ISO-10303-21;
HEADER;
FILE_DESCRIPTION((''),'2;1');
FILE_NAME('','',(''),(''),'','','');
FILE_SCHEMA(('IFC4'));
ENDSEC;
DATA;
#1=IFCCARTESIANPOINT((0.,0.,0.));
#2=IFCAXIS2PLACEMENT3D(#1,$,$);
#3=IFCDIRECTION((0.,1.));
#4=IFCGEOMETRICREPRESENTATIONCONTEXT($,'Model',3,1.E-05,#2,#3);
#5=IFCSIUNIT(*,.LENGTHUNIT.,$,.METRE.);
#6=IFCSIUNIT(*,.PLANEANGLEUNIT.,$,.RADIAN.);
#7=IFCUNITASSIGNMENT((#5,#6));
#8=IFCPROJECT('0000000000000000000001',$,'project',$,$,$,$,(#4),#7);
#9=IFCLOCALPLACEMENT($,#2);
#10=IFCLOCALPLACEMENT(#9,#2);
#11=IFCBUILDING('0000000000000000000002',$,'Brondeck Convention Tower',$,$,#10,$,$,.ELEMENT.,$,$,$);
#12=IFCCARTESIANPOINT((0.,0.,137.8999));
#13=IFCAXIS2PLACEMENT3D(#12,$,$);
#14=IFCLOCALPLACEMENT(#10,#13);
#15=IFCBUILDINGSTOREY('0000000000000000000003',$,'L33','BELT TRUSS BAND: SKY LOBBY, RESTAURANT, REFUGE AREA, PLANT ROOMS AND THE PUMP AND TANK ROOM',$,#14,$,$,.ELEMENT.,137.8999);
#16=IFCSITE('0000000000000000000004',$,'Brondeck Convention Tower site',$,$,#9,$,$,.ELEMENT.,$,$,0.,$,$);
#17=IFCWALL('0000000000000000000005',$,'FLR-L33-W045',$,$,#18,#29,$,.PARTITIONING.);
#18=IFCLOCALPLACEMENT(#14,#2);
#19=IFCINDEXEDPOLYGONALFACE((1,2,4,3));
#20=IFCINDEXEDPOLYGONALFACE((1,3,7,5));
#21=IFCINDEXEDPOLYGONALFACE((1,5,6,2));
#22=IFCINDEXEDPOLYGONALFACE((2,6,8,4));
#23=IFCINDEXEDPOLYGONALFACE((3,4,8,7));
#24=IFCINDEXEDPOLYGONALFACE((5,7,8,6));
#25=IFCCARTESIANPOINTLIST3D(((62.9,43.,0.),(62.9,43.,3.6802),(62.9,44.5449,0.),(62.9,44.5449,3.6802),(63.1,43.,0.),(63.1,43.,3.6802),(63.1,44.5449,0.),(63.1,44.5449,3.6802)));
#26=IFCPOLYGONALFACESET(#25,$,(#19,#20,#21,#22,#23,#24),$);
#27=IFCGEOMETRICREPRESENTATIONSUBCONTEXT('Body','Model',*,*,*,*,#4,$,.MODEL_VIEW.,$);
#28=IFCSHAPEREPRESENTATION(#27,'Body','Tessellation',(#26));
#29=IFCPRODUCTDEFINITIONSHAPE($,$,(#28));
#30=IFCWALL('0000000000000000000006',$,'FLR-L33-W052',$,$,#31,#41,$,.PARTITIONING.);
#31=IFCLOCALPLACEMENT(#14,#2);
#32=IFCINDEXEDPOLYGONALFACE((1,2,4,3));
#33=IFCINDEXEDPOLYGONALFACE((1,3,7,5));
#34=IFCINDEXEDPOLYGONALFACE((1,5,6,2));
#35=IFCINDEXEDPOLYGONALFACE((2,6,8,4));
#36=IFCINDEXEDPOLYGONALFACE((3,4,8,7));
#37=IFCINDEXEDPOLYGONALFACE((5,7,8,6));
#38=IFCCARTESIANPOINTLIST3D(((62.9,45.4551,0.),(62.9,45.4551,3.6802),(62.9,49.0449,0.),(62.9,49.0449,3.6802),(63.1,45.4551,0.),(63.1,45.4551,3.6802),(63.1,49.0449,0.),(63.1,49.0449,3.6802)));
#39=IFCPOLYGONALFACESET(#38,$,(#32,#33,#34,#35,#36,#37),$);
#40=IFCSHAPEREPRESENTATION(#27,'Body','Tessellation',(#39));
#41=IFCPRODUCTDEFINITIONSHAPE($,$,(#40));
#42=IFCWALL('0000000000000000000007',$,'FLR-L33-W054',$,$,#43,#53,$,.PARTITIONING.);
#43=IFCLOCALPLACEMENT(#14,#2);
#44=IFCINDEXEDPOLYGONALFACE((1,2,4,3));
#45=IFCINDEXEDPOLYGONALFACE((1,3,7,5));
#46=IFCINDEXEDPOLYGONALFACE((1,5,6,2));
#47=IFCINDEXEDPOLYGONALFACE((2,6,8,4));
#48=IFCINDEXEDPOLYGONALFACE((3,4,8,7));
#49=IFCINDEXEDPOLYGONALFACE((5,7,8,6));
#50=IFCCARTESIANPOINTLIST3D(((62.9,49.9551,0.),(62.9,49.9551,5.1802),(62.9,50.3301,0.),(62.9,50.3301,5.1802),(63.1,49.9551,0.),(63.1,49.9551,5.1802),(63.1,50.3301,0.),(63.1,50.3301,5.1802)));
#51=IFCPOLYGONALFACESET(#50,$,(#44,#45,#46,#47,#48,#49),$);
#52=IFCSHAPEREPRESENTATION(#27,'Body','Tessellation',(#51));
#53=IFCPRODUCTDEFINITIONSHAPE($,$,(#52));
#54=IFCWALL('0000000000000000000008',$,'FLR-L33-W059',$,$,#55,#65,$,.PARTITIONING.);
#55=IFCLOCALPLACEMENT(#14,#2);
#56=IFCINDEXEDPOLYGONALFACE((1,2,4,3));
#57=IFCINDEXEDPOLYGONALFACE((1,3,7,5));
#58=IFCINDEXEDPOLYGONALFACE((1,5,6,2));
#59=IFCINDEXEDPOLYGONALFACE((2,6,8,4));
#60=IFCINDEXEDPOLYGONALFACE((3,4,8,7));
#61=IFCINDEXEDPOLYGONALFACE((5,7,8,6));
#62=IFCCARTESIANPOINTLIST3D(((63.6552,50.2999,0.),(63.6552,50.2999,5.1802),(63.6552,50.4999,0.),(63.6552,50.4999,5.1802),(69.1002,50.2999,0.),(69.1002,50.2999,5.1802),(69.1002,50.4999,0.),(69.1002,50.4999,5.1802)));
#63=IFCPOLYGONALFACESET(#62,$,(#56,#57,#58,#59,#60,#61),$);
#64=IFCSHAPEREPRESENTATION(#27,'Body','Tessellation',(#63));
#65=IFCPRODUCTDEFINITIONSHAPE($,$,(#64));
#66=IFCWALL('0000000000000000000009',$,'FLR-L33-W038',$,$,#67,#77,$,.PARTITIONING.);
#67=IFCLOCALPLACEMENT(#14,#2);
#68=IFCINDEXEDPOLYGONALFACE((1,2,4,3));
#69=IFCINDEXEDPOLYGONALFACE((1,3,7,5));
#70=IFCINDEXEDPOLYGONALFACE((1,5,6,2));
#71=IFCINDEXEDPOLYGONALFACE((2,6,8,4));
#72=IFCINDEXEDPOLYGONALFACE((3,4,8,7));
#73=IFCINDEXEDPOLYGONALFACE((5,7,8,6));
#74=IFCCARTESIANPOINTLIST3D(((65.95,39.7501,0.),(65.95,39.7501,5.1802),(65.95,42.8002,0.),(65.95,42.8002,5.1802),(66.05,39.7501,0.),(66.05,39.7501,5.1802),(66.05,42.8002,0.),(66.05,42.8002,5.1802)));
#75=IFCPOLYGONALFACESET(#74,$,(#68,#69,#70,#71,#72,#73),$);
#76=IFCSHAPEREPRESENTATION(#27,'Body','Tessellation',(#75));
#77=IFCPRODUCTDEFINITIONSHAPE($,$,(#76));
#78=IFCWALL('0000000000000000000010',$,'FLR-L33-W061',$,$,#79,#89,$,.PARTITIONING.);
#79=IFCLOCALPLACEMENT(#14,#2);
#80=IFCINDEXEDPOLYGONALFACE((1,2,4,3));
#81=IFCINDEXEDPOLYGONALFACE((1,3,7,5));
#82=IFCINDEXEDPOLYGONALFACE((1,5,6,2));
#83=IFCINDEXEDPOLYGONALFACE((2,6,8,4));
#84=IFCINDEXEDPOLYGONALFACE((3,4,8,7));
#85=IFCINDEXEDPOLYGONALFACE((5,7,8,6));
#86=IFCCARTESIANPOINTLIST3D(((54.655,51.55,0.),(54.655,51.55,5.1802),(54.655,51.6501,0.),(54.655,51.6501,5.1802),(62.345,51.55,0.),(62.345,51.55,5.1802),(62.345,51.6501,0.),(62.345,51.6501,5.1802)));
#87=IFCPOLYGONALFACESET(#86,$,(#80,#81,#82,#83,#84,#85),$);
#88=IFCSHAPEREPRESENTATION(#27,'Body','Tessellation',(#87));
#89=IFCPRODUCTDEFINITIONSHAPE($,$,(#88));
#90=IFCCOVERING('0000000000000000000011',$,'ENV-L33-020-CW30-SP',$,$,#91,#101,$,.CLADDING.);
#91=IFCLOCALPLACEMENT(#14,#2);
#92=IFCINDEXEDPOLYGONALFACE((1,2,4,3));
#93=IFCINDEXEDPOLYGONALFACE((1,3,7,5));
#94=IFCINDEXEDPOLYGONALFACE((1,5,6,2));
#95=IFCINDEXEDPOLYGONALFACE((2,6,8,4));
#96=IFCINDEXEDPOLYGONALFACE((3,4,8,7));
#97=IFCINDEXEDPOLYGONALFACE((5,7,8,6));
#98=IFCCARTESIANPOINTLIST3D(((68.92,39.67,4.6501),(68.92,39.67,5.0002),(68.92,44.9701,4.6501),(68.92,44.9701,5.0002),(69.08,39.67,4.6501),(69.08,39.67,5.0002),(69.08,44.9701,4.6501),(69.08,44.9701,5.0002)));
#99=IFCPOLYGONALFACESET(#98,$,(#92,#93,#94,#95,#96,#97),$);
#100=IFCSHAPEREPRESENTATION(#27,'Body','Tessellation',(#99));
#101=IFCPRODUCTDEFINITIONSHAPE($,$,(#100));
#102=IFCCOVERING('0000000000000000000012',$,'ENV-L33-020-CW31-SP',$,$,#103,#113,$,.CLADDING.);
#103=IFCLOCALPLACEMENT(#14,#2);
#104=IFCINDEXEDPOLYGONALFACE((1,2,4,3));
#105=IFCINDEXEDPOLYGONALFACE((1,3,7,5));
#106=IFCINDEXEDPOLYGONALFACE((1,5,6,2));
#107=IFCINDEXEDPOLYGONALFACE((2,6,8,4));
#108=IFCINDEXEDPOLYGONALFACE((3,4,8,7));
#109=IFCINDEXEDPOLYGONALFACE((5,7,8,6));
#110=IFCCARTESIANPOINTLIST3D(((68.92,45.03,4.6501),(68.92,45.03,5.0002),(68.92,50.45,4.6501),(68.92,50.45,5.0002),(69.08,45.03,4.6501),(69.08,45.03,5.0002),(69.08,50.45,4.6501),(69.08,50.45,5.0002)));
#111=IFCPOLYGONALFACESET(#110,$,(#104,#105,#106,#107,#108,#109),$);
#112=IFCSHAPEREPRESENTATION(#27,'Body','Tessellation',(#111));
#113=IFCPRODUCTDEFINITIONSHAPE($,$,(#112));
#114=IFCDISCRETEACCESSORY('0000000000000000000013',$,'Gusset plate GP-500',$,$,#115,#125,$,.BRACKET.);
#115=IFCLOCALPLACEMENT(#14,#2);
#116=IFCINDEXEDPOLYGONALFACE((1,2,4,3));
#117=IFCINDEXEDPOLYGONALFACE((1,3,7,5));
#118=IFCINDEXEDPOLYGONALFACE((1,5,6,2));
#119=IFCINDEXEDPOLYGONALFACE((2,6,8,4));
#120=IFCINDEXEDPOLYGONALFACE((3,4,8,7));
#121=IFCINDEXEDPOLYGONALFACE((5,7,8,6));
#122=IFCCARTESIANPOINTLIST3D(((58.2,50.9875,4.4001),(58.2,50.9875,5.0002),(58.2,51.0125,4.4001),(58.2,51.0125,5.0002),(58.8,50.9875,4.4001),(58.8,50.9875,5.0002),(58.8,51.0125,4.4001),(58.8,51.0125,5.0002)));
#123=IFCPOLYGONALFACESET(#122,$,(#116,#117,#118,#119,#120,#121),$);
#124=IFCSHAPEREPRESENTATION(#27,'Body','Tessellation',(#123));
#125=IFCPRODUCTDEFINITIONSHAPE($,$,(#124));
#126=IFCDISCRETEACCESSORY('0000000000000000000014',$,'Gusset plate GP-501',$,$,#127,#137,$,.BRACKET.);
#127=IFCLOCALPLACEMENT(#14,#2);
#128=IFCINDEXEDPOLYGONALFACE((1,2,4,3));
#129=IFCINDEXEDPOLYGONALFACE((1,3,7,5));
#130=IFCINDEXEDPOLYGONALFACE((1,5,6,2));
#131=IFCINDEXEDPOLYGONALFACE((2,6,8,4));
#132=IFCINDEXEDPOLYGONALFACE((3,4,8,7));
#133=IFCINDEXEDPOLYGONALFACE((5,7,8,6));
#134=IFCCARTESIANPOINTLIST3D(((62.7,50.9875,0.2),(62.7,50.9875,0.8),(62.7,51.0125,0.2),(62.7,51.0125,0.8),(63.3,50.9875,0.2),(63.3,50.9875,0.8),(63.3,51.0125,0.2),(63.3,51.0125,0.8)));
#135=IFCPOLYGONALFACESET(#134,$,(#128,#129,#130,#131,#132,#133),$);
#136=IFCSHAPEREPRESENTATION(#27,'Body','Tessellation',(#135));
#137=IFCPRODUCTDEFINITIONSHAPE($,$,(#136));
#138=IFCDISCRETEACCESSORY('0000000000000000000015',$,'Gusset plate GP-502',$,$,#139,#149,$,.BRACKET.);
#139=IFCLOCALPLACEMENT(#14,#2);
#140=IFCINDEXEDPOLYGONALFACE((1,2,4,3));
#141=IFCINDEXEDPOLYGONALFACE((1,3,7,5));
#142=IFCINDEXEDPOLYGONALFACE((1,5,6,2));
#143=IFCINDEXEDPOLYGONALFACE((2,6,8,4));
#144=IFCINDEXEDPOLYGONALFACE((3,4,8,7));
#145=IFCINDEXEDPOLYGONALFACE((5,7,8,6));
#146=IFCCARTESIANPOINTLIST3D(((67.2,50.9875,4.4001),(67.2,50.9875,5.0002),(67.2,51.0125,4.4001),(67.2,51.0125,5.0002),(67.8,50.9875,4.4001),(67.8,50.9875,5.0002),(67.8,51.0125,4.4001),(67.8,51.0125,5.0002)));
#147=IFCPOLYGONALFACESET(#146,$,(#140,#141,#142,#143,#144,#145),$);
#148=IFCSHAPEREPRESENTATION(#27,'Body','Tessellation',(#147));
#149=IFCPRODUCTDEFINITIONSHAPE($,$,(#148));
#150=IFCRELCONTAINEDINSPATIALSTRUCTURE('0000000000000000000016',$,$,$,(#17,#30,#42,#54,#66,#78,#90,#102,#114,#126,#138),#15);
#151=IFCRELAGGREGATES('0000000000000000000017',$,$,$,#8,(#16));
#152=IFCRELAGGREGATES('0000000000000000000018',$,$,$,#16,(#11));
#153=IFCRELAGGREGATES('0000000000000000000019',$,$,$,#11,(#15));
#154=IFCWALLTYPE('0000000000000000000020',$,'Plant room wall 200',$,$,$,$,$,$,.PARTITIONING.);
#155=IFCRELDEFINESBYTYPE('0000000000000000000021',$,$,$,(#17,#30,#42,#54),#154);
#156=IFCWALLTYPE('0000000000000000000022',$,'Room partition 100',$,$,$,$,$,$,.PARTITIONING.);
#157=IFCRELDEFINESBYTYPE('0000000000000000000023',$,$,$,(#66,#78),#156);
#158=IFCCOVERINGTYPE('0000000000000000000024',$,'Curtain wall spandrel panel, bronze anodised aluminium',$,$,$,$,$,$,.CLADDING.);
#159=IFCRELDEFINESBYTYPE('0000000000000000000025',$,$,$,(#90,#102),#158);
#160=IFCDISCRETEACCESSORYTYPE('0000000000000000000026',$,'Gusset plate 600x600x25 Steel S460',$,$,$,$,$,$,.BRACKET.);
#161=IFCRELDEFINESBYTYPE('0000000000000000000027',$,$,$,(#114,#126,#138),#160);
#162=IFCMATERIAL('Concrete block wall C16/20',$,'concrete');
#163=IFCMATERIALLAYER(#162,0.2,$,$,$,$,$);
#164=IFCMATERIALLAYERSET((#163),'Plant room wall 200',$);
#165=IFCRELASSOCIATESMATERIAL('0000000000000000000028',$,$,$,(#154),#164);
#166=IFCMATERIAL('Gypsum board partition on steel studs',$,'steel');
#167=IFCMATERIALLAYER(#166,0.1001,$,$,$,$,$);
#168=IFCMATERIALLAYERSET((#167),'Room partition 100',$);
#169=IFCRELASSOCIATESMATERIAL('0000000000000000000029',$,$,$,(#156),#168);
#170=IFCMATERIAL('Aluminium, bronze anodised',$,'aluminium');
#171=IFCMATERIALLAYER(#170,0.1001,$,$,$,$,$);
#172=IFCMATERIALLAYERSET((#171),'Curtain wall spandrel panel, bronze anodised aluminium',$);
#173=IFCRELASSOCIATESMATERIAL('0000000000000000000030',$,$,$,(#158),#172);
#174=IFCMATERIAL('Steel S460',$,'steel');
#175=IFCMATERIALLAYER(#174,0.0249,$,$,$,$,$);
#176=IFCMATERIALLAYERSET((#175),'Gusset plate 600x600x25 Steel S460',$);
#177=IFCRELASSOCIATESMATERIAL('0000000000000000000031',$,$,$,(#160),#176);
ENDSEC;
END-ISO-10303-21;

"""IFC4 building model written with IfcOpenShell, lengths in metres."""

from ifc_helpers import new_model, si_unit, direction, frame, frame_2d, origin, origin_2d, place, context, subcontext, project, spatial, rectangle, extrude, material, layer, layer_set, type_object, element, save


model = new_model("IFC4")

# Units and contexts
model_context = context("Model", 3, precision=1e-05, world=origin(), true_north=direction((0.0, 1.0)))
body_context = subcontext(model_context, "Body", "Model", "MODEL_VIEW")
ifc_project = project(units=[si_unit("LENGTHUNIT", "METRE"), si_unit("PLANEANGLEUNIT", "RADIAN")], contexts=[model_context])

# Site, building, storey
site_placement = place(None, origin())
site = spatial("IfcSite", under=ifc_project, at=site_placement, Name="Brondeck Convention Tower site", CompositionType="ELEMENT", RefElevation=0.0)
building_placement = place(site_placement, origin())
building = spatial("IfcBuilding", under=site, at=building_placement, Name="Brondeck Convention Tower", CompositionType="ELEMENT")
storey_placement = place(building_placement, frame((0.0, 0.0, 137.8999)))
storey = spatial("IfcBuildingStorey", under=building, at=storey_placement, Name="L33", Description="BELT TRUSS BAND: SKY LOBBY, RESTAURANT, REFUGE AREA, PLANT ROOMS AND THE PUMP AND TANK ROOM", CompositionType="ELEMENT", Elevation=137.8999)

# Shared definitions
ifc_material_1 = material(Name="Aluminium, bronze anodised", Category="aluminium")

# Shared definitions
ifc_material_2 = material(Name="Steel S460", Category="steel")

# Shared definitions
ifc_material_3 = material(Name="Concrete block wall C16/20", Category="concrete")
ifc_layer_1 = layer(ifc_material_3, 0.2)
ifc_layer_set_1 = layer_set([ifc_layer_1], Name="Plant room wall 200")
wall_type_1 = type_object("IfcWallType", Name="Plant room wall 200", PredefinedType="PARTITIONING", material=ifc_layer_set_1)

# Walls
wall_1_placement = place(storey_placement, frame((63.0, 44.5449, 0.0), z_axis=(0.0, 0.0, 1.0), x_axis=(0.0, -1.0, 0.0)))
element("IfcWall", 1, at=wall_1_placement, inside=storey, type_object=wall_type_1, Name="FLR-L33-W045", PredefinedType="PARTITIONING", context=body_context, shape_type="SweptSolid", body=[
    extrude(rectangle(XDim=1.5449, YDim=0.2, at=frame_2d((0.7725, 0.0))), origin(), (0.0, 0.0, 1.0), 3.6802),
])
wall_2_placement = place(storey_placement, frame((63.0, 49.0449, 0.0), z_axis=(0.0, 0.0, 1.0), x_axis=(0.0, -1.0, 0.0)))
element("IfcWall", 2, at=wall_2_placement, inside=storey, type_object=wall_type_1, Name="FLR-L33-W052", PredefinedType="PARTITIONING", context=body_context, shape_type="SweptSolid", body=[
    extrude(rectangle(XDim=3.5898, YDim=0.2, at=frame_2d((1.7949, 0.0))), origin(), (0.0, 0.0, 1.0), 3.6802),
])
wall_3_placement = place(storey_placement, frame((63.0, 50.3301, 0.0), z_axis=(0.0, 0.0, 1.0), x_axis=(0.0, -1.0, 0.0)))
element("IfcWall", 3, at=wall_3_placement, inside=storey, type_object=wall_type_1, Name="FLR-L33-W054", PredefinedType="PARTITIONING", context=body_context, shape_type="SweptSolid", body=[
    extrude(rectangle(XDim=0.375, YDim=0.2, at=frame_2d((0.1875, 0.0))), origin(), (0.0, 0.0, 1.0), 5.1802),
])
wall_4_placement = place(storey_placement, frame((63.655, 50.3999, 0.0), z_axis=(0.0, 0.0, 1.0), x_axis=(1.0, 0.0, 0.0)))
element("IfcWall", 4, at=wall_4_placement, inside=storey, type_object=wall_type_1, Name="FLR-L33-W059", PredefinedType="PARTITIONING", context=body_context, shape_type="SweptSolid", body=[
    extrude(rectangle(XDim=5.4451, YDim=0.2, at=frame_2d((2.7227, 0.0))), origin(), (0.0, 0.0, 1.0), 5.1802),
])
ifc_material_4 = material(Name="Gypsum board partition on steel studs", Category="steel")
ifc_layer_2 = layer(ifc_material_4, 0.1001)
ifc_layer_set_2 = layer_set([ifc_layer_2], Name="Room partition 100")
wall_type_2 = type_object("IfcWallType", Name="Room partition 100", PredefinedType="PARTITIONING", material=ifc_layer_set_2)
wall_5_placement = place(storey_placement, frame((66.0, 42.8, 0.0), z_axis=(0.0, 0.0, 1.0), x_axis=(0.0, -1.0, 0.0)))
element("IfcWall", 5, at=wall_5_placement, inside=storey, type_object=wall_type_2, Name="FLR-L33-W038", PredefinedType="PARTITIONING", context=body_context, shape_type="SweptSolid", body=[
    extrude(rectangle(XDim=3.05, YDim=0.1001, at=frame_2d((1.5249, 0.0))), origin(), (0.0, 0.0, 1.0), 5.1802),
])
wall_6_placement = place(storey_placement, frame((62.345, 51.6001, 0.0), z_axis=(0.0, 0.0, 1.0), x_axis=(-1.0, 0.0, 0.0)))
element("IfcWall", 6, at=wall_6_placement, inside=storey, type_object=wall_type_2, Name="FLR-L33-W061", PredefinedType="PARTITIONING", context=body_context, shape_type="SweptSolid", body=[
    extrude(rectangle(XDim=7.6899, YDim=0.1001, at=frame_2d((3.845, 0.0))), origin(), (0.0, 0.0, 1.0), 5.1802),
])

# Coverings
ifc_layer_3 = layer(ifc_material_1, 0.1001)
ifc_layer_set_3 = layer_set([ifc_layer_3], Name="Curtain wall spandrel panel, bronze anodised aluminium")
covering_type = type_object("IfcCoveringType", Name="Curtain wall spandrel panel, bronze anodised aluminium", PredefinedType="CLADDING", material=ifc_layer_set_3)
covering_1_placement = place(storey_placement, frame((69.0, 42.3201, 4.6501), z_axis=(0.0, 0.0, 1.0), x_axis=(0.0, -1.0, 0.0)))
element("IfcCovering", 7, at=covering_1_placement, inside=storey, type_object=covering_type, Name="ENV-L33-020-CW30-SP", PredefinedType="CLADDING", context=body_context, shape_type="SweptSolid", body=[
    extrude(rectangle(XDim=5.3, YDim=0.1599, at=origin_2d()), origin(), (0.0, 0.0, 1.0), 0.3501),
])
covering_2_placement = place(storey_placement, frame((69.0, 47.74, 4.6501), z_axis=(0.0, 0.0, 1.0), x_axis=(0.0, -1.0, 0.0)))
element("IfcCovering", 8, at=covering_2_placement, inside=storey, type_object=covering_type, Name="ENV-L33-020-CW31-SP", PredefinedType="CLADDING", context=body_context, shape_type="SweptSolid", body=[
    extrude(rectangle(XDim=5.4199, YDim=0.1599, at=origin_2d()), origin(), (0.0, 0.0, 1.0), 0.3501),
])

# Discrete accessories
ifc_layer_4 = layer(ifc_material_2, 0.0249)
ifc_layer_set_4 = layer_set([ifc_layer_4], Name="Gusset plate 600x600x25 Steel S460")
discrete_accessory_type = type_object("IfcDiscreteAccessoryType", Name="Gusset plate 600x600x25 Steel S460", PredefinedType="BRACKET", material=ifc_layer_set_4)
for number, where, z_axis, x_axis, name in (
    (9, (58.5, 51.0, 4.4001), (0.0, 0.0, 1.0), (1.0, 0.0, 0.0), "Gusset plate GP-500"),
    (10, (63.0, 51.0, 0.2), (0.0, 0.0, 1.0), (1.0, 0.0, 0.0), "Gusset plate GP-501"),
    (11, (67.5, 51.0, 4.4001), (0.0, 0.0, 1.0), (1.0, 0.0, 0.0), "Gusset plate GP-502"),
):
    element("IfcDiscreteAccessory", number, at=place(storey_placement, frame(where, z_axis=z_axis, x_axis=x_axis)), inside=storey, type_object=discrete_accessory_type, Name=name, PredefinedType="BRACKET", context=body_context, shape_type="SweptSolid", body=[
        extrude(rectangle(XDim=0.6001, YDim=0.0249, at=origin_2d()), origin(), (0.0, 0.0, 1.0), 0.6001),
    ])

save(model, "model.ifc")
